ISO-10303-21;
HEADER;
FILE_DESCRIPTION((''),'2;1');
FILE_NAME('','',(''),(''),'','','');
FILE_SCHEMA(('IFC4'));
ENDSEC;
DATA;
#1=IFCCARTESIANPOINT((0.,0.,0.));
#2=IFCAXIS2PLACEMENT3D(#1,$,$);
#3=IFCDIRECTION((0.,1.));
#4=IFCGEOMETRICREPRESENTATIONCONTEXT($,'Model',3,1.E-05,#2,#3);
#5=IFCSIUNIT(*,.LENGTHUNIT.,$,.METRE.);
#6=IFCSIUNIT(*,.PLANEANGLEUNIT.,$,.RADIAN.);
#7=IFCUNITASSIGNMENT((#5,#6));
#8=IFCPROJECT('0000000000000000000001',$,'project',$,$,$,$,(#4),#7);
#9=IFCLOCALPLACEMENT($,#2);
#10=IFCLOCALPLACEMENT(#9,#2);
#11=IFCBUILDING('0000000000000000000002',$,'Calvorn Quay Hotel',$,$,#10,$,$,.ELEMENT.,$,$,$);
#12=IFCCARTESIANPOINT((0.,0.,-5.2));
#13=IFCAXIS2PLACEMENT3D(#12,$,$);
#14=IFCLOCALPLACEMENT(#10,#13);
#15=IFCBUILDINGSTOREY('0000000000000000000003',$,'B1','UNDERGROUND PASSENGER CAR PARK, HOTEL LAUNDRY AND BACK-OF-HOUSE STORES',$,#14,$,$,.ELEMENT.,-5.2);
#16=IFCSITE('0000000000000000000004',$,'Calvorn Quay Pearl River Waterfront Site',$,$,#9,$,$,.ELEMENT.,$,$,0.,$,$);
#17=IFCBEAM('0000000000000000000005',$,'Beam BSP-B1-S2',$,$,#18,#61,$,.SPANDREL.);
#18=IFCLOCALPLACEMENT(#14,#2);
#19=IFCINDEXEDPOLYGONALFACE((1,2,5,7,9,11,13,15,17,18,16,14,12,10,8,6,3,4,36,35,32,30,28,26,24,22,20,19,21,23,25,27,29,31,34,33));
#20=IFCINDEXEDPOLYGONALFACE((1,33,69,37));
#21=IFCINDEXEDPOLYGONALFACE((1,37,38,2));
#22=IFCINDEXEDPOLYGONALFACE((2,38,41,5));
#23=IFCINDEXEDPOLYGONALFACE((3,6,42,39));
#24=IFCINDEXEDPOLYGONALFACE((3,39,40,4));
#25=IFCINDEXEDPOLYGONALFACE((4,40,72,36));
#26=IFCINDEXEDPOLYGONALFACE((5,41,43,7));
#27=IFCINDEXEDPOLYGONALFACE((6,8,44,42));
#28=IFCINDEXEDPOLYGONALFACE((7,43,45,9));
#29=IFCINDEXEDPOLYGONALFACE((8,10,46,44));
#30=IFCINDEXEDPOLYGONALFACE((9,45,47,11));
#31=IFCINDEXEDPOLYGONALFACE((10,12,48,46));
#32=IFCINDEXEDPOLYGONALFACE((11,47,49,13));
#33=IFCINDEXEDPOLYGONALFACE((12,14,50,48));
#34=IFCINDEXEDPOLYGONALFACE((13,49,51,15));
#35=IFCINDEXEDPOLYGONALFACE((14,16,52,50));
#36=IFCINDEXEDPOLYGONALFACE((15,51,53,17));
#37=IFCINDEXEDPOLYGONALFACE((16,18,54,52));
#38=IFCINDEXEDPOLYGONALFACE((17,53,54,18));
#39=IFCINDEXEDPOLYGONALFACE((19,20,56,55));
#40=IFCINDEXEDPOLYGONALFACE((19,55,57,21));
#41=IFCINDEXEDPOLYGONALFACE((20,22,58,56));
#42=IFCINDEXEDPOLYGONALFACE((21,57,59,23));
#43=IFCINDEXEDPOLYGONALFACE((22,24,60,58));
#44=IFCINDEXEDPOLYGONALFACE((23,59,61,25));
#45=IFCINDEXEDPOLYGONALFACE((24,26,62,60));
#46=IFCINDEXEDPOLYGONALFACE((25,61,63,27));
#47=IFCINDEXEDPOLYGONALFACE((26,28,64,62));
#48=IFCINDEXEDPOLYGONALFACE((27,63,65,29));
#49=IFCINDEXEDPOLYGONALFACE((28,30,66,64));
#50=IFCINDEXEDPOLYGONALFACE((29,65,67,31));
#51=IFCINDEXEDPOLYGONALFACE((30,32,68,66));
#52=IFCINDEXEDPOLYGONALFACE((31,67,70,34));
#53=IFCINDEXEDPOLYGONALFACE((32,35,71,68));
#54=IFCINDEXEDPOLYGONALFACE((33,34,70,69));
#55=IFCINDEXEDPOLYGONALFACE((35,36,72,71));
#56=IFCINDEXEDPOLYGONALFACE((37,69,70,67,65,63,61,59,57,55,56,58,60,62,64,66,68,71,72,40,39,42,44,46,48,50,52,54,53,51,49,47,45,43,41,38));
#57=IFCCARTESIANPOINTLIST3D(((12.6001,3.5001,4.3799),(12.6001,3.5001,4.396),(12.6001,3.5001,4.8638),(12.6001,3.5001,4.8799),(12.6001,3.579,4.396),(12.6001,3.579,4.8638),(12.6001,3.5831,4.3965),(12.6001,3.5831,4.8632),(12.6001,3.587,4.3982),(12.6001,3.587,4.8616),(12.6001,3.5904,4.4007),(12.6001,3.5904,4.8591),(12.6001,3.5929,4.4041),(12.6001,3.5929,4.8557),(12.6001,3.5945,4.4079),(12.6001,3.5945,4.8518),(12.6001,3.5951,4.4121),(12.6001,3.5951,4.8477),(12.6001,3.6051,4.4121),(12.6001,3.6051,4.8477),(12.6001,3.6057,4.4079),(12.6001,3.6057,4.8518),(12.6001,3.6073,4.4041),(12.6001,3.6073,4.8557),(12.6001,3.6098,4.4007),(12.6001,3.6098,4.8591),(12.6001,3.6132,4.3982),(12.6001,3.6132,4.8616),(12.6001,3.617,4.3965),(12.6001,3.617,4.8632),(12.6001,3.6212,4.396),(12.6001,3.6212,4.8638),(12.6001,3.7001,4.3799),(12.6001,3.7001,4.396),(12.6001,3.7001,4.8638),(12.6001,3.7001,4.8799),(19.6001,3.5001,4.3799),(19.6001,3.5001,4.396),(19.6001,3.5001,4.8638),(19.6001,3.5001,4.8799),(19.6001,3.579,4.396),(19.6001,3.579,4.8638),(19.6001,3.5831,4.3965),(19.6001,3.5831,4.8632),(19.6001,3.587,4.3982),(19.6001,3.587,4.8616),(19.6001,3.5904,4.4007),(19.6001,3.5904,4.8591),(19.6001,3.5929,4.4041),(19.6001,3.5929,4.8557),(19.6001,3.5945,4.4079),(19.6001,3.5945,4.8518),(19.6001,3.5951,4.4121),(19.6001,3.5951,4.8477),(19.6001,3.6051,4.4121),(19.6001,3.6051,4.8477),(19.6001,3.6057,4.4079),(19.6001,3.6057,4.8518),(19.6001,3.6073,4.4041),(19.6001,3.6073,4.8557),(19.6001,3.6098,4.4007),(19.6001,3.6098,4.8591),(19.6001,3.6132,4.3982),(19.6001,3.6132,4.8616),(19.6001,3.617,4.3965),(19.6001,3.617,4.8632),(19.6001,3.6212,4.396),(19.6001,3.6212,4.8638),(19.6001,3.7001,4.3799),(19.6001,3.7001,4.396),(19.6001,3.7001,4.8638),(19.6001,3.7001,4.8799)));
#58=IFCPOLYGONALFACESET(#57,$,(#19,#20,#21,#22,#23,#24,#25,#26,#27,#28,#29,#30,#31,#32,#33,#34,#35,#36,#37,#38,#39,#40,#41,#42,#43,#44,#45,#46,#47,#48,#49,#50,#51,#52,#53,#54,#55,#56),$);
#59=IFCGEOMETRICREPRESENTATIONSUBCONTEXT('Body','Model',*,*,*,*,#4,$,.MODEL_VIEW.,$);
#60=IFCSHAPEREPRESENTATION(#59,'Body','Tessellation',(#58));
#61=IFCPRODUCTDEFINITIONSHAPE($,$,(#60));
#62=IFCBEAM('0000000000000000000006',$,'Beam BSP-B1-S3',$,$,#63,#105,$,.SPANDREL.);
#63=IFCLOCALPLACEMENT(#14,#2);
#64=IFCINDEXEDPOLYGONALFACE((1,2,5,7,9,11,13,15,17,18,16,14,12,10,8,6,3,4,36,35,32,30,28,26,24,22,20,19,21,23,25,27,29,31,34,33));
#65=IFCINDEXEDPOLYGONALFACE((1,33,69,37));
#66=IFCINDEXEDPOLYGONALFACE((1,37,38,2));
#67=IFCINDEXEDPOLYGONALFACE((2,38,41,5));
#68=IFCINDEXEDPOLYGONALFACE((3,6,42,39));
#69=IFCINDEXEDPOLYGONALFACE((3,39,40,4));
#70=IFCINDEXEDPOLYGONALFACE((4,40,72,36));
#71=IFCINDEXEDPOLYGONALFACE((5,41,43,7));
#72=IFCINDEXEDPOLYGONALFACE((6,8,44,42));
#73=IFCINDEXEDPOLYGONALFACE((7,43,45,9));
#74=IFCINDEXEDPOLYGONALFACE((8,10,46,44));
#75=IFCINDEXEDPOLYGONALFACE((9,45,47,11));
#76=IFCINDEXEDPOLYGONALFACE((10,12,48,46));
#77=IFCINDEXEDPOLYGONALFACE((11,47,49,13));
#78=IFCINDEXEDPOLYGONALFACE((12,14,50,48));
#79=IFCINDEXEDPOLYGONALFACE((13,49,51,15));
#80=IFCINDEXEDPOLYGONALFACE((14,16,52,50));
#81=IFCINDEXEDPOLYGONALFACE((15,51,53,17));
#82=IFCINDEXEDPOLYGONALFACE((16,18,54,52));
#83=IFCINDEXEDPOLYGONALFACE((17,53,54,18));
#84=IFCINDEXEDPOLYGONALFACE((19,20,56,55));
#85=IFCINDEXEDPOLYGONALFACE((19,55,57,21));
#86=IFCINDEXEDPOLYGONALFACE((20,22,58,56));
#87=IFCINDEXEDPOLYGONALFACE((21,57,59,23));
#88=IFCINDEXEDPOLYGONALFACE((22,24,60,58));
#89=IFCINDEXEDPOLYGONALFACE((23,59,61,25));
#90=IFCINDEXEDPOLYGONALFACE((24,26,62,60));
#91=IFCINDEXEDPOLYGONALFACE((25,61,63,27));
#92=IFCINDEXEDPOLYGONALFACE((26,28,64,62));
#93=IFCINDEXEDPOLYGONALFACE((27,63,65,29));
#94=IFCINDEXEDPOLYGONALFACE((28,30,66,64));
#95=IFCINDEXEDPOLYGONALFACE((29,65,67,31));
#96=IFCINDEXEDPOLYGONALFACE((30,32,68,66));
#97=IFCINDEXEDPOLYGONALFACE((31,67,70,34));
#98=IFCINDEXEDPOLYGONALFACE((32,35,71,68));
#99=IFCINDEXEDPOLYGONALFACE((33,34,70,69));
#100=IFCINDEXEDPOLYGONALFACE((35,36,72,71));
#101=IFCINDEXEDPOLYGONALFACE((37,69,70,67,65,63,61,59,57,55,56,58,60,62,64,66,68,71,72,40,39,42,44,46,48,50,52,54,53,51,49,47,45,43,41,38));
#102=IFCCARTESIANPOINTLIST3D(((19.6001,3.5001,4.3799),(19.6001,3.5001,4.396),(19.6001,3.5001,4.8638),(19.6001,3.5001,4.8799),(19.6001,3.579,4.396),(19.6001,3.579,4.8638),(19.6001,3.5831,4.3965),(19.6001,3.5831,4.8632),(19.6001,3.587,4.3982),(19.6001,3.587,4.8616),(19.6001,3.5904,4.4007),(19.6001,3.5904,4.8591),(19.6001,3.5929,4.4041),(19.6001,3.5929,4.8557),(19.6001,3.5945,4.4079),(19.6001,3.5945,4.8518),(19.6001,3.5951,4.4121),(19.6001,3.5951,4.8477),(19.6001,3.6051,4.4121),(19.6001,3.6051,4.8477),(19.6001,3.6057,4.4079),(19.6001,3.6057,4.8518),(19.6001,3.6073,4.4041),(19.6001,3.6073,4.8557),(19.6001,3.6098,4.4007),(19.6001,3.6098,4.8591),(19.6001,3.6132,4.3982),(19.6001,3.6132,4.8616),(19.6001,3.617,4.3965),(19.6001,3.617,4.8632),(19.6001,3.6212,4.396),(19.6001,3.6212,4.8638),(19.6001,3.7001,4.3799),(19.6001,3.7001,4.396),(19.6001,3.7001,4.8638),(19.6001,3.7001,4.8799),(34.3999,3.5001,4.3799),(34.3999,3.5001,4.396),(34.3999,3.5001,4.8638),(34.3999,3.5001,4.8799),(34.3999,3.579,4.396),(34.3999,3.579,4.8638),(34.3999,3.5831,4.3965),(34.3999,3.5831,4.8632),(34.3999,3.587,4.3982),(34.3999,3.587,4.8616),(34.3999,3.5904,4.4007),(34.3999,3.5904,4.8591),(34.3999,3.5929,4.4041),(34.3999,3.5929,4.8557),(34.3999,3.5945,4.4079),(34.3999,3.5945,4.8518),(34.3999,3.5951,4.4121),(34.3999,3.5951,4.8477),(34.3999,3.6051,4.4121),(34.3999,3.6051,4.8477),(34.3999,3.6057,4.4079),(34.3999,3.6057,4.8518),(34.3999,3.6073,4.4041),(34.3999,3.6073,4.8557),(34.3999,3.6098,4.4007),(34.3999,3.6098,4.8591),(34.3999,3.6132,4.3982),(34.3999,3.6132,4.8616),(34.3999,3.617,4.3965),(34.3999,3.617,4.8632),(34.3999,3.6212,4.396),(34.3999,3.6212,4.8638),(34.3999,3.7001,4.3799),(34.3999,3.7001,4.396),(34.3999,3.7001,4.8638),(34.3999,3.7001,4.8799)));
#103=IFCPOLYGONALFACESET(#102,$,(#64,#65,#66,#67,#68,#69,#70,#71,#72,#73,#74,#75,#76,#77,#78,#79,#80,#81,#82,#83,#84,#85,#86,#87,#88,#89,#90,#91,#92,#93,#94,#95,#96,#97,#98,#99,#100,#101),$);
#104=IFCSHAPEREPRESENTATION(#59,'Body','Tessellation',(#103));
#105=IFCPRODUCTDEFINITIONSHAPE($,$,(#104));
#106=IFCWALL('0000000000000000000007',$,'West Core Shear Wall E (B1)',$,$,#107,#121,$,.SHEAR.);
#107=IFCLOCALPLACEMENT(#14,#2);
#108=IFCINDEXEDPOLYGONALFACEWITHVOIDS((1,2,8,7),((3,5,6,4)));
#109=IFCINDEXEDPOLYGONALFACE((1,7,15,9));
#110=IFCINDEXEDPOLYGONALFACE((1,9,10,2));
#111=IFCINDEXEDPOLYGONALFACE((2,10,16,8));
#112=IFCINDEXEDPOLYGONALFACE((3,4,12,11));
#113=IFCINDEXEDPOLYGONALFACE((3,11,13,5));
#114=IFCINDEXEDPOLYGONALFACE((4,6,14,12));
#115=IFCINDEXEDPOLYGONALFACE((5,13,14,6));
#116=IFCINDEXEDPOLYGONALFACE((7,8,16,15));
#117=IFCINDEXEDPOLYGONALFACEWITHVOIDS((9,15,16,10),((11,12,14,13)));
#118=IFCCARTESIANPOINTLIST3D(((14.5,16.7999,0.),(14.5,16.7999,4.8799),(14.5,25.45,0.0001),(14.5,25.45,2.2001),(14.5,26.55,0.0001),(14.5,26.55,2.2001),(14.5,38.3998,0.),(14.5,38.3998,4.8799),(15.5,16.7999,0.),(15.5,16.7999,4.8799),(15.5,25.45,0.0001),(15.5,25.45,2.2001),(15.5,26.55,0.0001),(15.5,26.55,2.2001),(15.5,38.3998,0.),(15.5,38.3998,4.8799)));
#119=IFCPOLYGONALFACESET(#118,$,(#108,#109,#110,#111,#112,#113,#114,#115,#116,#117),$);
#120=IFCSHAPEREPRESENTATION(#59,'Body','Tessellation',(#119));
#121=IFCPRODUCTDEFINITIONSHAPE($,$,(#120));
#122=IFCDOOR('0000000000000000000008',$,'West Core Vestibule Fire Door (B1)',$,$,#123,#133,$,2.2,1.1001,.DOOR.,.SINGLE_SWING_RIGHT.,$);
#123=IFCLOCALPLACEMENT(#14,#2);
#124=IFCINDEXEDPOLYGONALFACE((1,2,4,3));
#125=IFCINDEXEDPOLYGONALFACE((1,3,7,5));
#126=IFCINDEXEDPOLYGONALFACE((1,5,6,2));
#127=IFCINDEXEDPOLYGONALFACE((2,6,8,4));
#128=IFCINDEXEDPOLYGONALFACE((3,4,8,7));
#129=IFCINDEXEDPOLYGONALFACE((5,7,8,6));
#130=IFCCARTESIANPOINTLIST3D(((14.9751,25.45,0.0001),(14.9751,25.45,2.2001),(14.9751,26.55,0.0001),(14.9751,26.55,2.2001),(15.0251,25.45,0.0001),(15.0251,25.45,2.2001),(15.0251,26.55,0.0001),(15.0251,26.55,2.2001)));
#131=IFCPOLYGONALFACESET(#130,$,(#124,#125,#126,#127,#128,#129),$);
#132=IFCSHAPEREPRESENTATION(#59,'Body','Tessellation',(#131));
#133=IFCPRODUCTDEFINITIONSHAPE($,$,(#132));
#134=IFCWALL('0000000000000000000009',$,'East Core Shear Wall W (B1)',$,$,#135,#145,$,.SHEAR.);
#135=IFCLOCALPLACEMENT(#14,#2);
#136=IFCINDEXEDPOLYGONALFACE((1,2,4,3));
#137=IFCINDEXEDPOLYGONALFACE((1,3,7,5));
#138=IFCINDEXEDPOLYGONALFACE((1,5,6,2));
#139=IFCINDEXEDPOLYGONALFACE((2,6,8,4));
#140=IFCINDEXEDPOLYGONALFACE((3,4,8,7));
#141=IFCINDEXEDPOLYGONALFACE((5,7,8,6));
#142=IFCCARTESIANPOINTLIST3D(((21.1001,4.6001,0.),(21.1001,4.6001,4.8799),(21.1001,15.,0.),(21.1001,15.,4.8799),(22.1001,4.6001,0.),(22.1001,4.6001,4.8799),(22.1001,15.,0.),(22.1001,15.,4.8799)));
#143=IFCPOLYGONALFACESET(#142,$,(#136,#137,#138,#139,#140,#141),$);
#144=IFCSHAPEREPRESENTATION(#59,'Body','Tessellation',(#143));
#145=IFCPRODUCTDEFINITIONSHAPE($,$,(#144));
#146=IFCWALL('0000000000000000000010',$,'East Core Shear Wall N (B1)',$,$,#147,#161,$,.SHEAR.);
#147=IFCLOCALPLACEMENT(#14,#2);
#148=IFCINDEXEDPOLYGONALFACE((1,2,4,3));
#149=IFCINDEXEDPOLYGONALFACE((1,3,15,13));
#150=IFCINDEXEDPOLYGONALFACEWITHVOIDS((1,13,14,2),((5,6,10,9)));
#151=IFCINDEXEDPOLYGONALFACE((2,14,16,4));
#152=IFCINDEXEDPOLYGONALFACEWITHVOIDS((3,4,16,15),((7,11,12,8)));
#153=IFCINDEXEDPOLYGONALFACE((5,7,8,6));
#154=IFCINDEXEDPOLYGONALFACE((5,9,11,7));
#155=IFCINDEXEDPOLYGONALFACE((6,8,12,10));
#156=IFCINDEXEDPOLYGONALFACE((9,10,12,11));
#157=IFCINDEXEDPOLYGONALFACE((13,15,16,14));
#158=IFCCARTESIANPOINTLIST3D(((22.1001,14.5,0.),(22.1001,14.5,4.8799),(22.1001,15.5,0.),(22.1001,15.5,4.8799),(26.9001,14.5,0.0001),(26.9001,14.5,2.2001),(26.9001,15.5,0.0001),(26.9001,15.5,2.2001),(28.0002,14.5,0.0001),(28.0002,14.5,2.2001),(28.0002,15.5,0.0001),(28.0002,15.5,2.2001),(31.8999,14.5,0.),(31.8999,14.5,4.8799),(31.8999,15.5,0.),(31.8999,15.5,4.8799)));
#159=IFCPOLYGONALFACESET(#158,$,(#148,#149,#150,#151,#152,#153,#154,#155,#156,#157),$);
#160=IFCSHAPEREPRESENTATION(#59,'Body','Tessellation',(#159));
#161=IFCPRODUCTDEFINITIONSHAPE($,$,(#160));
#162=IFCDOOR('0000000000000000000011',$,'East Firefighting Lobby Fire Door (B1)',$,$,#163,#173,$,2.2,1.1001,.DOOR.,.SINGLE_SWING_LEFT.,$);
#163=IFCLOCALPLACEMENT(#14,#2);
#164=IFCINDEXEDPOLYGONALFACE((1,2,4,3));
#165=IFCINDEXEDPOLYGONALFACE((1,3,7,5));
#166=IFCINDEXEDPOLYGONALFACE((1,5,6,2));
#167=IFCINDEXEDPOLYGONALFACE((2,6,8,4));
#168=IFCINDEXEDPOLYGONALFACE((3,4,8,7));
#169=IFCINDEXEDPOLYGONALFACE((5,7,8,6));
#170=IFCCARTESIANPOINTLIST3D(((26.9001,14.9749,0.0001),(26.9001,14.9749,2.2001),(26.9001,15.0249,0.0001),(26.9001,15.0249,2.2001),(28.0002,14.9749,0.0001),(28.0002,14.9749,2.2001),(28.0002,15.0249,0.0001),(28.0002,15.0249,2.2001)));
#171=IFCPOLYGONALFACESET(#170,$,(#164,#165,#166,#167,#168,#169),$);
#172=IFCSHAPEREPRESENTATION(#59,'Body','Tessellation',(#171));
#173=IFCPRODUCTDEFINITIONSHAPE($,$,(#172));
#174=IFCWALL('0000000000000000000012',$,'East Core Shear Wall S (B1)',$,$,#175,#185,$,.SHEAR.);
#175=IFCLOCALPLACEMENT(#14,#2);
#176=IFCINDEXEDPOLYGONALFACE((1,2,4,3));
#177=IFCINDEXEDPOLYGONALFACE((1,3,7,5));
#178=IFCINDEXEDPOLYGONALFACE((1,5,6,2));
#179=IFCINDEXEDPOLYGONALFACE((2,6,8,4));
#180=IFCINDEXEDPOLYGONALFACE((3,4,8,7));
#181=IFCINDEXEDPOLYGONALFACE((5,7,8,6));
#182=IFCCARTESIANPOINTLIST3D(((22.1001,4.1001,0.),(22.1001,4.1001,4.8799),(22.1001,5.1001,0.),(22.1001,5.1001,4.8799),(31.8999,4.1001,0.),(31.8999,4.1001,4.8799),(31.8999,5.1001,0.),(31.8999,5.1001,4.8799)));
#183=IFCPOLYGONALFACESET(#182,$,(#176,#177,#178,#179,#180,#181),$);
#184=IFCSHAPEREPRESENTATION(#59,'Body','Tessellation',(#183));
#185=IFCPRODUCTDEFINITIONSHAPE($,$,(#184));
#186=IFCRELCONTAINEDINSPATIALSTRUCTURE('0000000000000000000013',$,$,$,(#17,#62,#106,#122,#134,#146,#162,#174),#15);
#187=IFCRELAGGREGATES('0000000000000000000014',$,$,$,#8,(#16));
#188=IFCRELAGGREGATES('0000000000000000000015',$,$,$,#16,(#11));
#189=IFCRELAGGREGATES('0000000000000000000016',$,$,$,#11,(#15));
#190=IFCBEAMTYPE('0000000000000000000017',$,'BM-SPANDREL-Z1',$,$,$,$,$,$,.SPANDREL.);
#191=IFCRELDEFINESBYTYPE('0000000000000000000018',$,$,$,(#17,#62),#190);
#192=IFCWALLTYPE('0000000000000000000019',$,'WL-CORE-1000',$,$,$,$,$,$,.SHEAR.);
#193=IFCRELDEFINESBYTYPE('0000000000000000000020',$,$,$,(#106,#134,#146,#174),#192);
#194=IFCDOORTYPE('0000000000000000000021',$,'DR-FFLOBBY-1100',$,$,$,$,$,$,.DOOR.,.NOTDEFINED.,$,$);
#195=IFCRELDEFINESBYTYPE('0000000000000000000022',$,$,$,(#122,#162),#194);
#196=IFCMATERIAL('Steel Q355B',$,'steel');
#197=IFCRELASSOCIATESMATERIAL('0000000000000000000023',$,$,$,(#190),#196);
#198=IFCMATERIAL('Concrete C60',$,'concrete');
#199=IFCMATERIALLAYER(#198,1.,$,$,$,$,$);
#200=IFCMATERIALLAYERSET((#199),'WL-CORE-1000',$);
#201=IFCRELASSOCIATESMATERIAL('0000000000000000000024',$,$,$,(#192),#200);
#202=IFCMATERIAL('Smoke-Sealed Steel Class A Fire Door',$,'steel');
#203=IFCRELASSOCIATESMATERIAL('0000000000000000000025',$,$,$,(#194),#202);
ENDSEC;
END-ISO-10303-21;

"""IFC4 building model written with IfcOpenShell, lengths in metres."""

from ifc_helpers import new_model, si_unit, direction, frame, frame_2d, origin, origin_2d, place, context, subcontext, project, spatial, rectangle, i_section, extrude, material, layer, layer_set, material_profile, profile_set, type_object, element, fill, save


model = new_model("IFC4")

# Units and contexts
model_context = context("Model", 3, precision=1e-05, world=origin(), true_north=direction((0.0, 1.0)))
body_context = subcontext(model_context, "Body", "Model", "MODEL_VIEW")
ifc_project = project(units=[si_unit("LENGTHUNIT", "METRE"), si_unit("PLANEANGLEUNIT", "RADIAN")], contexts=[model_context])

# Site, building, storey
site_placement = place(None, origin())
site = spatial("IfcSite", under=ifc_project, at=site_placement, Name="Calvorn Quay Pearl River Waterfront Site", CompositionType="ELEMENT", RefElevation=0.0)
building_placement = place(site_placement, origin())
building = spatial("IfcBuilding", under=site, at=building_placement, Name="Calvorn Quay Hotel", CompositionType="ELEMENT")
storey_placement = place(building_placement, frame((0.0, 0.0, -5.2)))
storey = spatial("IfcBuildingStorey", under=building, at=storey_placement, Name="B1", Description="UNDERGROUND PASSENGER CAR PARK, HOTEL LAUNDRY AND BACK-OF-HOUSE STORES", CompositionType="ELEMENT", Elevation=-5.2)

# Beams
ifc_material_1 = material(Name="Steel Q355B", Category="steel")
ifc_material_profile_1 = material_profile(ifc_material_1, i_section(OverallWidth=0.2, OverallDepth=0.5, WebThickness=0.01, FlangeThickness=0.0161, FilletRadius=0.0161, at=origin_2d()), Name="HN500x200x10x16")
ifc_profile_set_1 = profile_set([ifc_material_profile_1], Name="Steel Q355B")
beam_type_1 = type_object("IfcBeamType", Name="BM-SPANDREL-Z1", PredefinedType="SPANDREL", material=ifc_profile_set_1)
beam_1_placement = place(storey_placement, frame((12.6001, 3.6001, 4.6299), z_axis=(1.0, 0.0, 0.0), x_axis=(0.0, 1.0, 0.0)))
element("IfcBeam", 1, at=beam_1_placement, inside=storey, type_object=beam_type_1, Name="Beam BSP-B1-S2", PredefinedType="SPANDREL", context=body_context, shape_type="SweptSolid", body=[
    extrude(i_section(OverallWidth=0.2, OverallDepth=0.5, WebThickness=0.01, FlangeThickness=0.0161, FilletRadius=0.0161, at=origin_2d()), origin(), (0.0, 0.0, 1.0), 7.0),
])
beam_2_placement = place(storey_placement, frame((19.6001, 3.6001, 4.6299), z_axis=(1.0, 0.0, 0.0), x_axis=(0.0, 1.0, 0.0)))
element("IfcBeam", 2, at=beam_2_placement, inside=storey, type_object=beam_type_1, Name="Beam BSP-B1-S3", PredefinedType="SPANDREL", context=body_context, shape_type="SweptSolid", body=[
    extrude(i_section(OverallWidth=0.2, OverallDepth=0.5, WebThickness=0.01, FlangeThickness=0.0161, FilletRadius=0.0161, at=origin_2d()), origin(), (0.0, 0.0, 1.0), 14.7998),
])

# Wall, opening, door
ifc_material_2 = material(Name="Concrete C60", Category="concrete")
ifc_layer_1 = layer(ifc_material_2, 1.0)
ifc_layer_set_1 = layer_set([ifc_layer_1], Name="WL-CORE-1000")
wall_type_1 = type_object("IfcWallType", Name="WL-CORE-1000", PredefinedType="SHEAR", material=ifc_layer_set_1)
wall_1_placement = place(storey_placement, frame((15.0, 16.8, 0.0), z_axis=(0.0, 0.0, 1.0), x_axis=(0.0, 1.0, 0.0)))
wall_1 = element("IfcWall", 3, at=wall_1_placement, inside=storey, type_object=wall_type_1, Name="West Core Shear Wall E (B1)", PredefinedType="SHEAR", context=body_context, shape_type="SweptSolid", body=[
    extrude(rectangle(XDim=21.5999, YDim=1.0, at=frame_2d((10.7998, 0.0))), origin(), (0.0, 0.0, 1.0), 4.8799),
])
opening_1_placement = place(wall_1_placement, frame((8.6499, 0.0, 0.0)))
opening_1 = element("IfcOpeningElement", 4, at=opening_1_placement, cuts=wall_1, PredefinedType="OPENING", context=body_context, shape_type="SweptSolid", body=[
    extrude(rectangle(XDim=1.1001, YDim=2.2, at=frame_2d((0.55, 1.1001))), frame((0.0, 0.51, 0.0), z_axis=(0.0, -1.0, 0.0), x_axis=(1.0, 0.0, 0.0)), (0.0, 0.0, 1.0), 1.02),
])
ifc_material_3 = material(Name="Smoke-Sealed Steel Class A Fire Door", Category="steel")
door_type_1 = type_object("IfcDoorType", Name="DR-FFLOBBY-1100", OperationType="NOTDEFINED", PredefinedType="DOOR", material=ifc_material_3)
door_1_placement = place(opening_1_placement, origin())
door_1 = element("IfcDoor", 5, at=door_1_placement, inside=storey, type_object=door_type_1, Name="West Core Vestibule Fire Door (B1)", OperationType="SINGLE_SWING_RIGHT", OverallHeight=2.2, OverallWidth=1.1001, PredefinedType="DOOR", context=body_context, shape_type="SweptSolid", body=[
    extrude(rectangle(XDim=1.1001, YDim=2.2, at=frame_2d((0.55, 1.1001))), frame((0.0, 0.0249, 0.0), z_axis=(0.0, -1.0, 0.0), x_axis=(1.0, 0.0, 0.0)), (0.0, 0.0, 1.0), 0.05),
])
fill(opening_1, door_1)

# Wall
wall_2_placement = place(storey_placement, frame((21.6001, 4.6001, 0.0), z_axis=(0.0, 0.0, 1.0), x_axis=(0.0, 1.0, 0.0)))
element("IfcWall", 6, at=wall_2_placement, inside=storey, type_object=wall_type_1, Name="East Core Shear Wall W (B1)", PredefinedType="SHEAR", context=body_context, shape_type="SweptSolid", body=[
    extrude(rectangle(XDim=10.3999, YDim=1.0, at=frame_2d((5.2, 0.0))), origin(), (0.0, 0.0, 1.0), 4.8799),
])

# Wall, opening, door
wall_3_placement = place(storey_placement, frame((22.1001, 15.0, 0.0), z_axis=(0.0, 0.0, 1.0), x_axis=(1.0, 0.0, 0.0)))
wall_3 = element("IfcWall", 7, at=wall_3_placement, inside=storey, type_object=wall_type_1, Name="East Core Shear Wall N (B1)", PredefinedType="SHEAR", context=body_context, shape_type="SweptSolid", body=[
    extrude(rectangle(XDim=9.7998, YDim=1.0, at=frame_2d((4.8999, 0.0))), origin(), (0.0, 0.0, 1.0), 4.8799),
])
opening_2_placement = place(wall_3_placement, frame((4.8, 0.0, 0.0)))
opening_2 = element("IfcOpeningElement", 8, at=opening_2_placement, cuts=wall_3, PredefinedType="OPENING", context=body_context, shape_type="SweptSolid", body=[
    extrude(rectangle(XDim=1.1001, YDim=2.2, at=frame_2d((0.55, 1.1001))), frame((0.0, 0.51, 0.0), z_axis=(0.0, -1.0, 0.0), x_axis=(1.0, 0.0, 0.0)), (0.0, 0.0, 1.0), 1.02),
])
door_2_placement = place(opening_2_placement, origin())
door_2 = element("IfcDoor", 9, at=door_2_placement, inside=storey, type_object=door_type_1, Name="East Firefighting Lobby Fire Door (B1)", OperationType="SINGLE_SWING_LEFT", OverallHeight=2.2, OverallWidth=1.1001, PredefinedType="DOOR", context=body_context, shape_type="SweptSolid", body=[
    extrude(rectangle(XDim=1.1001, YDim=2.2, at=frame_2d((0.55, 1.1001))), frame((0.0, 0.0249, 0.0), z_axis=(0.0, -1.0, 0.0), x_axis=(1.0, 0.0, 0.0)), (0.0, 0.0, 1.0), 0.05),
])
fill(opening_2, door_2)

# Wall
wall_4_placement = place(storey_placement, frame((22.1001, 4.6001, 0.0), z_axis=(0.0, 0.0, 1.0), x_axis=(1.0, 0.0, 0.0)))
element("IfcWall", 10, at=wall_4_placement, inside=storey, type_object=wall_type_1, Name="East Core Shear Wall S (B1)", PredefinedType="SHEAR", context=body_context, shape_type="SweptSolid", body=[
    extrude(rectangle(XDim=9.7998, YDim=1.0, at=frame_2d((4.8999, 0.0))), origin(), (0.0, 0.0, 1.0), 4.8799),
])

save(model, "model.ifc")
